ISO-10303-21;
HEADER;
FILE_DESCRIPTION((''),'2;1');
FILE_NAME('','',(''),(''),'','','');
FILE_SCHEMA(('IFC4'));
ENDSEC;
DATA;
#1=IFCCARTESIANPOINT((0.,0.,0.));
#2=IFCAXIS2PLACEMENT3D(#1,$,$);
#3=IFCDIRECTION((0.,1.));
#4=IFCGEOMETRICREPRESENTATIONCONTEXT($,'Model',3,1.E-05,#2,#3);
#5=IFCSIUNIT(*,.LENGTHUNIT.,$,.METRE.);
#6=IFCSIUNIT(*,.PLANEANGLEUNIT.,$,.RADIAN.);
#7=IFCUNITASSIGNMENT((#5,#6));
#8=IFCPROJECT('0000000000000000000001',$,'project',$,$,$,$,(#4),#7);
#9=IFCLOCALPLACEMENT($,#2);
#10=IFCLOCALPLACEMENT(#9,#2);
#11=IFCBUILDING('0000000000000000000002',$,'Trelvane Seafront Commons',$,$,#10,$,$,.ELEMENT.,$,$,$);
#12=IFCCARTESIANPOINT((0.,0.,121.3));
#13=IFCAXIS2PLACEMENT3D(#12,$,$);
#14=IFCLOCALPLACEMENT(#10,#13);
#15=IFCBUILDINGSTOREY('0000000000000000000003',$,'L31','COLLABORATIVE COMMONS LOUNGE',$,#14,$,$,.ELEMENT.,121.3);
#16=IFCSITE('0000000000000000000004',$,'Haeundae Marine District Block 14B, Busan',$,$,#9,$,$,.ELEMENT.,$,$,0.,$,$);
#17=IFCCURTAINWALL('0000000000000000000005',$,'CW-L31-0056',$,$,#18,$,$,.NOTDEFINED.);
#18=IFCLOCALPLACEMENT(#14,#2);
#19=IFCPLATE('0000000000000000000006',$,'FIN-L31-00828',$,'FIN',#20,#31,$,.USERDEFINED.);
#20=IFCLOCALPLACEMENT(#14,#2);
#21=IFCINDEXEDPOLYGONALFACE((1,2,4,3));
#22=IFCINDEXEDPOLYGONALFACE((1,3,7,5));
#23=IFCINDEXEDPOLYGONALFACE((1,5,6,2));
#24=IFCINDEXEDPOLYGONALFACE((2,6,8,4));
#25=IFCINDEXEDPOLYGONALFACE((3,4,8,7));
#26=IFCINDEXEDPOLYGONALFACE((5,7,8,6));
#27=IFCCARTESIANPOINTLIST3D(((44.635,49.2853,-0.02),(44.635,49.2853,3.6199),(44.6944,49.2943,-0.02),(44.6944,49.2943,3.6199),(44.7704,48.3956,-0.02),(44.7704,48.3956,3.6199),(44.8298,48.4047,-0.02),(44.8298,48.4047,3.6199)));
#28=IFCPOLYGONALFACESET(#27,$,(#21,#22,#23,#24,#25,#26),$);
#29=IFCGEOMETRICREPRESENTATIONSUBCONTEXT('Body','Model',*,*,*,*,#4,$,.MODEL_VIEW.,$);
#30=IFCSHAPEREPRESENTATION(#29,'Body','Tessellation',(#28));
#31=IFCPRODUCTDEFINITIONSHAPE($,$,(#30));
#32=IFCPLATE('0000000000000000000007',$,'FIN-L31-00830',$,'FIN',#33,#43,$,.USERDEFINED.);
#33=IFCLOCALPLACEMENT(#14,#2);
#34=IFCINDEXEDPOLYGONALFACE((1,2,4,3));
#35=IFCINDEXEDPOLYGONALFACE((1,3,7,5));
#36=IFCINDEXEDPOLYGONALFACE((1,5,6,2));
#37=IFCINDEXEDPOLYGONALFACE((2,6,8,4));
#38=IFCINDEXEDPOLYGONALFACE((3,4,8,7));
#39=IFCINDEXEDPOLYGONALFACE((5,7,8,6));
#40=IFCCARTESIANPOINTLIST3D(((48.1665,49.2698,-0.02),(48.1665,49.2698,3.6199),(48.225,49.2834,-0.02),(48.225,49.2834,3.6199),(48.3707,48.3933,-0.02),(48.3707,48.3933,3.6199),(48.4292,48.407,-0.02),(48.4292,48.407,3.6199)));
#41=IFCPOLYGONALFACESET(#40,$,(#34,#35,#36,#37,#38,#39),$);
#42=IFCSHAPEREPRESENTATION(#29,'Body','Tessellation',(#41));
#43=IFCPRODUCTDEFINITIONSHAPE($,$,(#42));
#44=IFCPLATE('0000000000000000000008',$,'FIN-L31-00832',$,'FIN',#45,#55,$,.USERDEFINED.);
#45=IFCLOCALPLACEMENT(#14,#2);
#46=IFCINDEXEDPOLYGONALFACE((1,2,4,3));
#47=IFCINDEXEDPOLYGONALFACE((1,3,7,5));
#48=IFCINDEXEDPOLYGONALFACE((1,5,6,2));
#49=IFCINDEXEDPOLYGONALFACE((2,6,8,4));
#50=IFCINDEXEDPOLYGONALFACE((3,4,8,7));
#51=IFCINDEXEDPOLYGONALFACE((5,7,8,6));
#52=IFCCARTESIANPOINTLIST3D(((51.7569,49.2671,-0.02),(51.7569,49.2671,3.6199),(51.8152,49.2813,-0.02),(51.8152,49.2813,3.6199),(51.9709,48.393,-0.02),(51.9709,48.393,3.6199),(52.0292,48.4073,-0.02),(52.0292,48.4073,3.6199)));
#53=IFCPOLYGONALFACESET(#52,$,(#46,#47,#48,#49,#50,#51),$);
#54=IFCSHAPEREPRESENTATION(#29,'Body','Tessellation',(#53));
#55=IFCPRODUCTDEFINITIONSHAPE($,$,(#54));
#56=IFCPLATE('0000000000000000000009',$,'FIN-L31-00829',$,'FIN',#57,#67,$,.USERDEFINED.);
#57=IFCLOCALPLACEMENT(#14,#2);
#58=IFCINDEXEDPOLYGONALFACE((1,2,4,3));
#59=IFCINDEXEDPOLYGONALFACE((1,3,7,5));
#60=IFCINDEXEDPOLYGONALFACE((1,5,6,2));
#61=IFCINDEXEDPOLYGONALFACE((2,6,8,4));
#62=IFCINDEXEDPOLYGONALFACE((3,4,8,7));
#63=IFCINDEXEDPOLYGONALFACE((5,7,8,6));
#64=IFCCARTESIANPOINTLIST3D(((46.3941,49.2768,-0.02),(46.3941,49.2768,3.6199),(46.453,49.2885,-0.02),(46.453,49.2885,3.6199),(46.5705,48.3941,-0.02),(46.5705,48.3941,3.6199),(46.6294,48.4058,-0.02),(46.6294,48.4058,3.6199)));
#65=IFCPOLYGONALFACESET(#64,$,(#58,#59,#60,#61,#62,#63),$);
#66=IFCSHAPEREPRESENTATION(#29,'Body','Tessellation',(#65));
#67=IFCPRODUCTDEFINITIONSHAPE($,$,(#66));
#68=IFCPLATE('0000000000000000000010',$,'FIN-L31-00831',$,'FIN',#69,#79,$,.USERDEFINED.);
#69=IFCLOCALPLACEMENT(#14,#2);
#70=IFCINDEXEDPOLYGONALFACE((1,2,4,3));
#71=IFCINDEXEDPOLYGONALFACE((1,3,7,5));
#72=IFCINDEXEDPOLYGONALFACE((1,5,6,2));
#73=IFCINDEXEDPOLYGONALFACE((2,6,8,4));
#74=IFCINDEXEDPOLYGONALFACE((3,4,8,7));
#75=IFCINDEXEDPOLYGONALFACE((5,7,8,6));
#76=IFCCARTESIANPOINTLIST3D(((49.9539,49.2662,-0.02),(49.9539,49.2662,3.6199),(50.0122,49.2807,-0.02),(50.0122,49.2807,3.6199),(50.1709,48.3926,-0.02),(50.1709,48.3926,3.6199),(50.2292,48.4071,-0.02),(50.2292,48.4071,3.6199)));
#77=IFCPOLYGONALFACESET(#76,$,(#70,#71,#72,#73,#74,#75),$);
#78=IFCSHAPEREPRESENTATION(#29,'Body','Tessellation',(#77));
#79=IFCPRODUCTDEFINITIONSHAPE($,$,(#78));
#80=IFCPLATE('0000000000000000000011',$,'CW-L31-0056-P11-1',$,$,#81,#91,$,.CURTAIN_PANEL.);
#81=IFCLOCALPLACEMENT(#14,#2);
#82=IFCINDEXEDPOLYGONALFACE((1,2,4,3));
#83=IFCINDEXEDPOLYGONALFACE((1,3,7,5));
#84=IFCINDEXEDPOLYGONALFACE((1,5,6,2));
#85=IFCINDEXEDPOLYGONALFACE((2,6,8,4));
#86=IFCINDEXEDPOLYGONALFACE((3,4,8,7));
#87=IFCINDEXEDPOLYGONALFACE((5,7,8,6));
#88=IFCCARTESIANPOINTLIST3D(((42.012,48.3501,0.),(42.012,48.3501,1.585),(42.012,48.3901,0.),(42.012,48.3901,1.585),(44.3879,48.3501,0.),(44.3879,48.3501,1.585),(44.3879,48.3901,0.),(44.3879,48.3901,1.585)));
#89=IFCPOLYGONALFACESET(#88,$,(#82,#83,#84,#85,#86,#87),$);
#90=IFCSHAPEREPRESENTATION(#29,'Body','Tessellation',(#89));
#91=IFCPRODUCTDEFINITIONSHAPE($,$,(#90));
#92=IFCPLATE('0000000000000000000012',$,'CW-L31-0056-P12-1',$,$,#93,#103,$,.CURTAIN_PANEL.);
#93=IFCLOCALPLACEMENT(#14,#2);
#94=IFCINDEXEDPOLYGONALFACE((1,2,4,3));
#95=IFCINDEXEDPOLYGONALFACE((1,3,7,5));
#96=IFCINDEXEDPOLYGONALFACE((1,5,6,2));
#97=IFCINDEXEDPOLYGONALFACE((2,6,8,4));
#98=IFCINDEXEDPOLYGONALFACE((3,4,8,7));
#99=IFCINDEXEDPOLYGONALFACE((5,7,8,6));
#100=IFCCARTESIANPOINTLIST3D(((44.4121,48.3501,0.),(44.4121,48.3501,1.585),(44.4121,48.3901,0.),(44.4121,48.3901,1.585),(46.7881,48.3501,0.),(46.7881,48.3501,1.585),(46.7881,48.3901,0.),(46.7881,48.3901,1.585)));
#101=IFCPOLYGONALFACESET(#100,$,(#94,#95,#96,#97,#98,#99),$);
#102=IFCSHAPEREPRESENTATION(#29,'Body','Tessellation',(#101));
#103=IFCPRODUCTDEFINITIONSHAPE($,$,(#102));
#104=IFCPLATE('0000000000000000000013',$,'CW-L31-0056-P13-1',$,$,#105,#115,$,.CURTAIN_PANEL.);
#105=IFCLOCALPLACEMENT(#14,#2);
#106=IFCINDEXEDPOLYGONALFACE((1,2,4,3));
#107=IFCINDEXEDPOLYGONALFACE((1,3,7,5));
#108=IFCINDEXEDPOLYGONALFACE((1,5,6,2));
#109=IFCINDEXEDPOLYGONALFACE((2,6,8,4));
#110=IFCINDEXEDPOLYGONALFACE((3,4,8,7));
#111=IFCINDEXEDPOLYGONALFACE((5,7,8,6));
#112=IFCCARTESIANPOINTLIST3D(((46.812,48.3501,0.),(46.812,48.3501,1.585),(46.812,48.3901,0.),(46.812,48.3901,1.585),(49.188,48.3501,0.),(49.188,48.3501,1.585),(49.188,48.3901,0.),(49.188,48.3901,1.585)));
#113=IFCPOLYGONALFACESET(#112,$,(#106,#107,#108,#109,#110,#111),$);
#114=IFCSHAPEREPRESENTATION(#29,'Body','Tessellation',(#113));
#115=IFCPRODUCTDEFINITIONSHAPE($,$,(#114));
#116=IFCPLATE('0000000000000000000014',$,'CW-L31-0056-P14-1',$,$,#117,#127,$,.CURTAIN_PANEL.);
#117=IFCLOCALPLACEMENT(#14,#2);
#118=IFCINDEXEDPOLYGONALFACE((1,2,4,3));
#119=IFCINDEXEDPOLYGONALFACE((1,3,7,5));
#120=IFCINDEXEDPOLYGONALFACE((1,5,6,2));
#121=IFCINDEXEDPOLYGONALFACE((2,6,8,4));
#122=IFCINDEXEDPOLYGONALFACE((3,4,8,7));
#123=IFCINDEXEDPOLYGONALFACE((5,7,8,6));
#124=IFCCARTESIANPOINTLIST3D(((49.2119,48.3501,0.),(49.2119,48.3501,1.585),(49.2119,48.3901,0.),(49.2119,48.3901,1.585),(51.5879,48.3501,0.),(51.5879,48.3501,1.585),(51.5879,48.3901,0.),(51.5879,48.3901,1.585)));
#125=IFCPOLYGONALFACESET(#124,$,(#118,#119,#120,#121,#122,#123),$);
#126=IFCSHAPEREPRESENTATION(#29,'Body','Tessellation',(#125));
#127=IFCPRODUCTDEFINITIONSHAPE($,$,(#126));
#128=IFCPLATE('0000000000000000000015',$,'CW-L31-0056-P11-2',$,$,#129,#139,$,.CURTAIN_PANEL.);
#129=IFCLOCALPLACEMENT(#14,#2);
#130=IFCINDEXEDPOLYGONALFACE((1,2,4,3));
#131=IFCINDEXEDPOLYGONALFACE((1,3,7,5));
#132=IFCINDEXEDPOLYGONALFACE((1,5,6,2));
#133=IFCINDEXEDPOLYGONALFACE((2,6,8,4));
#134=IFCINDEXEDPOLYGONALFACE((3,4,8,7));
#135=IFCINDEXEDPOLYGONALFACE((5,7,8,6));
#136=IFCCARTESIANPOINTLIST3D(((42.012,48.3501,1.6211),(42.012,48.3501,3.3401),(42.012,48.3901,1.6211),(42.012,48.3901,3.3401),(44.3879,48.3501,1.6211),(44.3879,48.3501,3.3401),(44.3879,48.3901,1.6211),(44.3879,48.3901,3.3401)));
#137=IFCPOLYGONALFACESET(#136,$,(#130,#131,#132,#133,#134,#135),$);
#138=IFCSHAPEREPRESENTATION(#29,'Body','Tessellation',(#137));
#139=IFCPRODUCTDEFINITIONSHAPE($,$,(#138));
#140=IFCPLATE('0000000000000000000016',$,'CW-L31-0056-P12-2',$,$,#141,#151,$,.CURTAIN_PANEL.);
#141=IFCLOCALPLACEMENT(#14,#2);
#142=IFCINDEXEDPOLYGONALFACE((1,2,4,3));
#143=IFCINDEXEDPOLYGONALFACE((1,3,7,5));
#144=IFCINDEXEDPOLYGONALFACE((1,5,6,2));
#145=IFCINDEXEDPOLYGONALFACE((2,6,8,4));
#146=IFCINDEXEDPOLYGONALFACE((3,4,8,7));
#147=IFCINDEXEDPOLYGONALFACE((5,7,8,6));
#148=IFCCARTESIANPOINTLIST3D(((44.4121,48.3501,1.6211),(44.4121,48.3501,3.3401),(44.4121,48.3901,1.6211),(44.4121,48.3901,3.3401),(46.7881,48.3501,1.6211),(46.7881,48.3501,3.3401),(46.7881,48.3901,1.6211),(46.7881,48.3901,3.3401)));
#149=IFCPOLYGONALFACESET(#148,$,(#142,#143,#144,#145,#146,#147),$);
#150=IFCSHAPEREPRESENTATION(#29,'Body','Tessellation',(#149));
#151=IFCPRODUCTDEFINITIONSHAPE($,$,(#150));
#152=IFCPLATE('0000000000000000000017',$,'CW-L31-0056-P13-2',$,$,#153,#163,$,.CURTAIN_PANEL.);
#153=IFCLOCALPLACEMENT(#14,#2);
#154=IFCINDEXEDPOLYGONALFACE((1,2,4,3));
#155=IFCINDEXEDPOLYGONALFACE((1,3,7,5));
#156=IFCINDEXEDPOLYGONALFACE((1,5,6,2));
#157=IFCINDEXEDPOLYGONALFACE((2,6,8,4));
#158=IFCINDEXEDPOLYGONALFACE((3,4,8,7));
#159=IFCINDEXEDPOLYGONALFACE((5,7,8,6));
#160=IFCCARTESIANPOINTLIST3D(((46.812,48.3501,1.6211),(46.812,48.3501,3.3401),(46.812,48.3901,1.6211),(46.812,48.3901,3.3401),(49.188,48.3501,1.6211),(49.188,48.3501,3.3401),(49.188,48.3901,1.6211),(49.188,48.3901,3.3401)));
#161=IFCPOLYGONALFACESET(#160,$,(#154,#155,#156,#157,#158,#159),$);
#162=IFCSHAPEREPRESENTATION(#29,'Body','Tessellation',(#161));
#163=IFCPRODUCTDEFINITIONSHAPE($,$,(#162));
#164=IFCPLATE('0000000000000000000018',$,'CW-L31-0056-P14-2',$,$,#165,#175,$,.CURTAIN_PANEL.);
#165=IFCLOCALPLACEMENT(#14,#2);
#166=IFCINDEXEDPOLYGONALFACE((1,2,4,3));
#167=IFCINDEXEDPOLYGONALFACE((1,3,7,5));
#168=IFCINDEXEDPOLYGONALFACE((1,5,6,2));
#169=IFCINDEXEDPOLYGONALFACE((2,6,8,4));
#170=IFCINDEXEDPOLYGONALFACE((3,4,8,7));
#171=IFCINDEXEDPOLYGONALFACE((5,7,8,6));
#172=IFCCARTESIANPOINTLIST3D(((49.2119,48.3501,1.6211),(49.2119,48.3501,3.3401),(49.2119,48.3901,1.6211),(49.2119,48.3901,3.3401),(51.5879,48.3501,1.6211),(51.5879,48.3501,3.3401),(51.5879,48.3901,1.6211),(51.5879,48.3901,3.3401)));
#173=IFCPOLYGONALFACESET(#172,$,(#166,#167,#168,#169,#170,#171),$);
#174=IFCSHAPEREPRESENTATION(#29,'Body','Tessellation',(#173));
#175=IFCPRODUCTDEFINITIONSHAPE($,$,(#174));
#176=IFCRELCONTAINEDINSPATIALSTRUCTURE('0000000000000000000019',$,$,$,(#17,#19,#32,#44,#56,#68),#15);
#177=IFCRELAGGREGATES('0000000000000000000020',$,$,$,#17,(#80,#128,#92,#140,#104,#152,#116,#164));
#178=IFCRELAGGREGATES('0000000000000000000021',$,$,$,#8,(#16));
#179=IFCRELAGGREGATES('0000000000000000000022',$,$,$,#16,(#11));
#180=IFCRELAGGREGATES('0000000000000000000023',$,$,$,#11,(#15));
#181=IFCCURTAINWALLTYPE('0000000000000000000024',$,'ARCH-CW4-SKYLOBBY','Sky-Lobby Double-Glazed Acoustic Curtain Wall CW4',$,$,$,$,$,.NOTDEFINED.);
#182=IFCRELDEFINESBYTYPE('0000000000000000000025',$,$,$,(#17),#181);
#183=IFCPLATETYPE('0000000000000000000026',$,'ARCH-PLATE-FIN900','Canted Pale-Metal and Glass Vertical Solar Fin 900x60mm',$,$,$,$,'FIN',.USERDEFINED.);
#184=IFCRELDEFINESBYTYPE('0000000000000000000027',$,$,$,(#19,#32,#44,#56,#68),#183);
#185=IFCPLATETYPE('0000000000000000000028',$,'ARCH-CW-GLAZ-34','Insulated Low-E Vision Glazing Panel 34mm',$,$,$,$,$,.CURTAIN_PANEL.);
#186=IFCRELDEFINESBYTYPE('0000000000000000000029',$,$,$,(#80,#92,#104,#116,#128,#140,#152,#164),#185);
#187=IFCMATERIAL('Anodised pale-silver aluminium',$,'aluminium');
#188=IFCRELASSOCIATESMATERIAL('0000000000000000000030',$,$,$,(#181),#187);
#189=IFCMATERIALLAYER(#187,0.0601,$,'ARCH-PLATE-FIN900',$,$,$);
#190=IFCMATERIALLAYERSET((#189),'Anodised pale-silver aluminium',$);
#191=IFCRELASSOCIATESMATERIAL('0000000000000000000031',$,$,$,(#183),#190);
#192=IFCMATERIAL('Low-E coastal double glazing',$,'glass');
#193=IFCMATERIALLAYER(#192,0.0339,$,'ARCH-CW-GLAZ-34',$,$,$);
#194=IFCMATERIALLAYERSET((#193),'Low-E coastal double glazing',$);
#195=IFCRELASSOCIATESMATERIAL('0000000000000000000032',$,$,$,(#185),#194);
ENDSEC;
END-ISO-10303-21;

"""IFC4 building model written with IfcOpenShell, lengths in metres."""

from ifc_helpers import new_model, si_unit, direction, frame, origin, origin_2d, place, context, subcontext, project, spatial, rectangle, extrude, source, transform, mapped, material, layer, layer_set, type_object, element, aggregate, save


model = new_model("IFC4")

# Units and contexts
model_context = context("Model", 3, precision=1e-05, world=origin(), true_north=direction((0.0, 1.0)))
body_context = subcontext(model_context, "Body", "Model", "MODEL_VIEW")
ifc_project = project(units=[si_unit("LENGTHUNIT", "METRE"), si_unit("PLANEANGLEUNIT", "RADIAN")], contexts=[model_context])

# Site, building, storey
site_placement = place(None, origin())
site = spatial("IfcSite", under=ifc_project, at=site_placement, Name="Haeundae Marine District Block 14B, Busan", CompositionType="ELEMENT", RefElevation=0.0)
building_placement = place(site_placement, origin())
building = spatial("IfcBuilding", under=site, at=building_placement, Name="Trelvane Seafront Commons", CompositionType="ELEMENT")
storey_placement = place(building_placement, frame((0.0, 0.0, 121.3)))
storey = spatial("IfcBuildingStorey", under=building, at=storey_placement, Name="L31", Description="COLLABORATIVE COMMONS LOUNGE", CompositionType="ELEMENT", Elevation=121.3)

# Curtain wall
ifc_material_1 = material(Name="Anodised pale-silver aluminium", Category="aluminium")
curtain_wall_type = type_object("IfcCurtainWallType", Name="ARCH-CW4-SKYLOBBY", Description="Sky-Lobby Double-Glazed Acoustic Curtain Wall CW4", PredefinedType="NOTDEFINED", material=ifc_material_1)
curtain_wall_placement = place(storey_placement, origin())
curtain_wall = element("IfcCurtainWall", 1, at=curtain_wall_placement, inside=storey, type_object=curtain_wall_type, Name="CW-L31-0056", PredefinedType="NOTDEFINED")

# Plates
ifc_layer_1 = layer(ifc_material_1, 0.0601, Name="ARCH-PLATE-FIN900")
ifc_layer_set_1 = layer_set([ifc_layer_1], Name="Anodised pale-silver aluminium")
plate_type_1 = type_object("IfcPlateType", Name="ARCH-PLATE-FIN900", Description="Canted Pale-Metal and Glass Vertical Solar Fin 900x60mm", ElementType="FIN", PredefinedType="USERDEFINED", material=ifc_layer_set_1)
shared_shape_1 = source(origin(), body_context, "Body", "SweptSolid", [
    extrude(rectangle(XDim=0.8999, YDim=0.0601, at=origin_2d()), origin(), (0.0, 0.0, 1.0), 3.6399),
])
for number, where, z_axis, x_axis, name in (
    (2, (44.7324, 48.845, -0.02), (0.0, 0.0, 1.0), (-0.150438, 0.988619, 0.0), "FIN-L31-00828"),
    (3, (48.2979, 48.8384, -0.02), (0.0, 0.0, 1.0), (-0.226896, 0.973919, 0.0), "FIN-L31-00830"),
    (4, (51.8931, 48.8372, -0.02), (0.0, 0.0, 1.0), (-0.237774, 0.97132, 0.0), "FIN-L31-00832"),
):
    element("IfcPlate", number, at=place(storey_placement, frame(where, z_axis=z_axis, x_axis=x_axis)), inside=storey, type_object=plate_type_1, Name=name, ObjectType="FIN", PredefinedType="USERDEFINED", context=body_context, shape_type="MappedRepresentation", body=[
        mapped(shared_shape_1, transform((0.0, 0.0, 0.0), x_axis=(1.0, 0.0, 0.0), y_axis=(0.0, 1.0, 0.0), z_axis=(0.0, 0.0, 1.0), scale=1.0)),
    ])
shared_shape_2 = source(origin(), body_context, "Body", "SweptSolid", [
    extrude(rectangle(XDim=0.9001, YDim=0.0601, at=origin_2d()), origin(), (0.0, 0.0, 1.0), 3.6399),
])
for number, where, z_axis, x_axis, name in (
    (5, (46.5117, 48.8413, -0.02), (0.0, 0.0, 1.0), (-0.195987, 0.980606, 0.0), "FIN-L31-00829"),
    (6, (50.0916, 48.8367, -0.02), (0.0, 0.0, 1.0), (-0.241097, 0.970501, 0.0), "FIN-L31-00831"),
):
    element("IfcPlate", number, at=place(storey_placement, frame(where, z_axis=z_axis, x_axis=x_axis)), inside=storey, type_object=plate_type_1, Name=name, ObjectType="FIN", PredefinedType="USERDEFINED", context=body_context, shape_type="MappedRepresentation", body=[
        mapped(shared_shape_2, transform((0.0, 0.0, 0.0), x_axis=(1.0, 0.0, 0.0), y_axis=(0.0, 1.0, 0.0), z_axis=(0.0, 0.0, 1.0), scale=1.0)),
    ])

# Plates
ifc_material_2 = material(Name="Low-E coastal double glazing", Category="glass")
ifc_layer_2 = layer(ifc_material_2, 0.0339, Name="ARCH-CW-GLAZ-34")
ifc_layer_set_2 = layer_set([ifc_layer_2], Name="Low-E coastal double glazing")
plate_type_2 = type_object("IfcPlateType", Name="ARCH-CW-GLAZ-34", Description="Insulated Low-E Vision Glazing Panel 34mm", PredefinedType="CURTAIN_PANEL", material=ifc_layer_set_2)
shared_shape_3 = source(origin(), body_context, "Body", "SweptSolid", [
    extrude(rectangle(XDim=2.376, YDim=0.04, at=origin_2d()), origin(), (0.0, 0.0, 1.0), 1.585),
])
plate_1_placement = place(storey_placement, frame((43.2, 48.3701, 0.0), z_axis=(0.0, 0.0, 1.0), x_axis=(1.0, 0.0, 0.0)))
plate_1 = element("IfcPlate", 7, at=plate_1_placement, type_object=plate_type_2, Name="CW-L31-0056-P11-1", PredefinedType="CURTAIN_PANEL", context=body_context, shape_type="MappedRepresentation", body=[
    mapped(shared_shape_3, transform((0.0, 0.0, 0.0), x_axis=(1.0, 0.0, 0.0), y_axis=(0.0, 1.0, 0.0), z_axis=(0.0, 0.0, 1.0), scale=1.0)),
])
plate_2_placement = place(storey_placement, frame((45.6001, 48.3701, 0.0), z_axis=(0.0, 0.0, 1.0), x_axis=(1.0, 0.0, 0.0)))
plate_2 = element("IfcPlate", 8, at=plate_2_placement, type_object=plate_type_2, Name="CW-L31-0056-P12-1", PredefinedType="CURTAIN_PANEL", context=body_context, shape_type="MappedRepresentation", body=[
    mapped(shared_shape_3, transform((0.0, 0.0, 0.0), x_axis=(1.0, 0.0, 0.0), y_axis=(0.0, 1.0, 0.0), z_axis=(0.0, 0.0, 1.0), scale=1.0)),
])
plate_3_placement = place(storey_placement, frame((48.0, 48.3701, 0.0), z_axis=(0.0, 0.0, 1.0), x_axis=(1.0, 0.0, 0.0)))
plate_3 = element("IfcPlate", 9, at=plate_3_placement, type_object=plate_type_2, Name="CW-L31-0056-P13-1", PredefinedType="CURTAIN_PANEL", context=body_context, shape_type="MappedRepresentation", body=[
    mapped(shared_shape_3, transform((0.0, 0.0, 0.0), x_axis=(1.0, 0.0, 0.0), y_axis=(0.0, 1.0, 0.0), z_axis=(0.0, 0.0, 1.0), scale=1.0)),
])
plate_4_placement = place(storey_placement, frame((50.3999, 48.3701, 0.0), z_axis=(0.0, 0.0, 1.0), x_axis=(1.0, 0.0, 0.0)))
plate_4 = element("IfcPlate", 10, at=plate_4_placement, type_object=plate_type_2, Name="CW-L31-0056-P14-1", PredefinedType="CURTAIN_PANEL", context=body_context, shape_type="MappedRepresentation", body=[
    mapped(shared_shape_3, transform((0.0, 0.0, 0.0), x_axis=(1.0, 0.0, 0.0), y_axis=(0.0, 1.0, 0.0), z_axis=(0.0, 0.0, 1.0), scale=1.0)),
])
shared_shape_4 = source(origin(), body_context, "Body", "SweptSolid", [
    extrude(rectangle(XDim=2.376, YDim=0.04, at=origin_2d()), origin(), (0.0, 0.0, 1.0), 1.719),
])
plate_5_placement = place(storey_placement, frame((43.2, 48.3701, 1.6211), z_axis=(0.0, 0.0, 1.0), x_axis=(1.0, 0.0, 0.0)))
plate_5 = element("IfcPlate", 11, at=plate_5_placement, type_object=plate_type_2, Name="CW-L31-0056-P11-2", PredefinedType="CURTAIN_PANEL", context=body_context, shape_type="MappedRepresentation", body=[
    mapped(shared_shape_4, transform((0.0, 0.0, 0.0), x_axis=(1.0, 0.0, 0.0), y_axis=(0.0, 1.0, 0.0), z_axis=(0.0, 0.0, 1.0), scale=1.0)),
])
plate_6_placement = place(storey_placement, frame((45.6001, 48.3701, 1.6211), z_axis=(0.0, 0.0, 1.0), x_axis=(1.0, 0.0, 0.0)))
plate_6 = element("IfcPlate", 12, at=plate_6_placement, type_object=plate_type_2, Name="CW-L31-0056-P12-2", PredefinedType="CURTAIN_PANEL", context=body_context, shape_type="MappedRepresentation", body=[
    mapped(shared_shape_4, transform((0.0, 0.0, 0.0), x_axis=(1.0, 0.0, 0.0), y_axis=(0.0, 1.0, 0.0), z_axis=(0.0, 0.0, 1.0), scale=1.0)),
])
plate_7_placement = place(storey_placement, frame((48.0, 48.3701, 1.6211), z_axis=(0.0, 0.0, 1.0), x_axis=(1.0, 0.0, 0.0)))
plate_7 = element("IfcPlate", 13, at=plate_7_placement, type_object=plate_type_2, Name="CW-L31-0056-P13-2", PredefinedType="CURTAIN_PANEL", context=body_context, shape_type="MappedRepresentation", body=[
    mapped(shared_shape_4, transform((0.0, 0.0, 0.0), x_axis=(1.0, 0.0, 0.0), y_axis=(0.0, 1.0, 0.0), z_axis=(0.0, 0.0, 1.0), scale=1.0)),
])
plate_8_placement = place(storey_placement, frame((50.3999, 48.3701, 1.6211), z_axis=(0.0, 0.0, 1.0), x_axis=(1.0, 0.0, 0.0)))
plate_8 = element("IfcPlate", 14, at=plate_8_placement, type_object=plate_type_2, Name="CW-L31-0056-P14-2", PredefinedType="CURTAIN_PANEL", context=body_context, shape_type="MappedRepresentation", body=[
    mapped(shared_shape_4, transform((0.0, 0.0, 0.0), x_axis=(1.0, 0.0, 0.0), y_axis=(0.0, 1.0, 0.0), z_axis=(0.0, 0.0, 1.0), scale=1.0)),
])
aggregate(curtain_wall, [plate_1, plate_5, plate_2, plate_6, plate_3, plate_7, plate_4, plate_8])

save(model, "model.ifc")
